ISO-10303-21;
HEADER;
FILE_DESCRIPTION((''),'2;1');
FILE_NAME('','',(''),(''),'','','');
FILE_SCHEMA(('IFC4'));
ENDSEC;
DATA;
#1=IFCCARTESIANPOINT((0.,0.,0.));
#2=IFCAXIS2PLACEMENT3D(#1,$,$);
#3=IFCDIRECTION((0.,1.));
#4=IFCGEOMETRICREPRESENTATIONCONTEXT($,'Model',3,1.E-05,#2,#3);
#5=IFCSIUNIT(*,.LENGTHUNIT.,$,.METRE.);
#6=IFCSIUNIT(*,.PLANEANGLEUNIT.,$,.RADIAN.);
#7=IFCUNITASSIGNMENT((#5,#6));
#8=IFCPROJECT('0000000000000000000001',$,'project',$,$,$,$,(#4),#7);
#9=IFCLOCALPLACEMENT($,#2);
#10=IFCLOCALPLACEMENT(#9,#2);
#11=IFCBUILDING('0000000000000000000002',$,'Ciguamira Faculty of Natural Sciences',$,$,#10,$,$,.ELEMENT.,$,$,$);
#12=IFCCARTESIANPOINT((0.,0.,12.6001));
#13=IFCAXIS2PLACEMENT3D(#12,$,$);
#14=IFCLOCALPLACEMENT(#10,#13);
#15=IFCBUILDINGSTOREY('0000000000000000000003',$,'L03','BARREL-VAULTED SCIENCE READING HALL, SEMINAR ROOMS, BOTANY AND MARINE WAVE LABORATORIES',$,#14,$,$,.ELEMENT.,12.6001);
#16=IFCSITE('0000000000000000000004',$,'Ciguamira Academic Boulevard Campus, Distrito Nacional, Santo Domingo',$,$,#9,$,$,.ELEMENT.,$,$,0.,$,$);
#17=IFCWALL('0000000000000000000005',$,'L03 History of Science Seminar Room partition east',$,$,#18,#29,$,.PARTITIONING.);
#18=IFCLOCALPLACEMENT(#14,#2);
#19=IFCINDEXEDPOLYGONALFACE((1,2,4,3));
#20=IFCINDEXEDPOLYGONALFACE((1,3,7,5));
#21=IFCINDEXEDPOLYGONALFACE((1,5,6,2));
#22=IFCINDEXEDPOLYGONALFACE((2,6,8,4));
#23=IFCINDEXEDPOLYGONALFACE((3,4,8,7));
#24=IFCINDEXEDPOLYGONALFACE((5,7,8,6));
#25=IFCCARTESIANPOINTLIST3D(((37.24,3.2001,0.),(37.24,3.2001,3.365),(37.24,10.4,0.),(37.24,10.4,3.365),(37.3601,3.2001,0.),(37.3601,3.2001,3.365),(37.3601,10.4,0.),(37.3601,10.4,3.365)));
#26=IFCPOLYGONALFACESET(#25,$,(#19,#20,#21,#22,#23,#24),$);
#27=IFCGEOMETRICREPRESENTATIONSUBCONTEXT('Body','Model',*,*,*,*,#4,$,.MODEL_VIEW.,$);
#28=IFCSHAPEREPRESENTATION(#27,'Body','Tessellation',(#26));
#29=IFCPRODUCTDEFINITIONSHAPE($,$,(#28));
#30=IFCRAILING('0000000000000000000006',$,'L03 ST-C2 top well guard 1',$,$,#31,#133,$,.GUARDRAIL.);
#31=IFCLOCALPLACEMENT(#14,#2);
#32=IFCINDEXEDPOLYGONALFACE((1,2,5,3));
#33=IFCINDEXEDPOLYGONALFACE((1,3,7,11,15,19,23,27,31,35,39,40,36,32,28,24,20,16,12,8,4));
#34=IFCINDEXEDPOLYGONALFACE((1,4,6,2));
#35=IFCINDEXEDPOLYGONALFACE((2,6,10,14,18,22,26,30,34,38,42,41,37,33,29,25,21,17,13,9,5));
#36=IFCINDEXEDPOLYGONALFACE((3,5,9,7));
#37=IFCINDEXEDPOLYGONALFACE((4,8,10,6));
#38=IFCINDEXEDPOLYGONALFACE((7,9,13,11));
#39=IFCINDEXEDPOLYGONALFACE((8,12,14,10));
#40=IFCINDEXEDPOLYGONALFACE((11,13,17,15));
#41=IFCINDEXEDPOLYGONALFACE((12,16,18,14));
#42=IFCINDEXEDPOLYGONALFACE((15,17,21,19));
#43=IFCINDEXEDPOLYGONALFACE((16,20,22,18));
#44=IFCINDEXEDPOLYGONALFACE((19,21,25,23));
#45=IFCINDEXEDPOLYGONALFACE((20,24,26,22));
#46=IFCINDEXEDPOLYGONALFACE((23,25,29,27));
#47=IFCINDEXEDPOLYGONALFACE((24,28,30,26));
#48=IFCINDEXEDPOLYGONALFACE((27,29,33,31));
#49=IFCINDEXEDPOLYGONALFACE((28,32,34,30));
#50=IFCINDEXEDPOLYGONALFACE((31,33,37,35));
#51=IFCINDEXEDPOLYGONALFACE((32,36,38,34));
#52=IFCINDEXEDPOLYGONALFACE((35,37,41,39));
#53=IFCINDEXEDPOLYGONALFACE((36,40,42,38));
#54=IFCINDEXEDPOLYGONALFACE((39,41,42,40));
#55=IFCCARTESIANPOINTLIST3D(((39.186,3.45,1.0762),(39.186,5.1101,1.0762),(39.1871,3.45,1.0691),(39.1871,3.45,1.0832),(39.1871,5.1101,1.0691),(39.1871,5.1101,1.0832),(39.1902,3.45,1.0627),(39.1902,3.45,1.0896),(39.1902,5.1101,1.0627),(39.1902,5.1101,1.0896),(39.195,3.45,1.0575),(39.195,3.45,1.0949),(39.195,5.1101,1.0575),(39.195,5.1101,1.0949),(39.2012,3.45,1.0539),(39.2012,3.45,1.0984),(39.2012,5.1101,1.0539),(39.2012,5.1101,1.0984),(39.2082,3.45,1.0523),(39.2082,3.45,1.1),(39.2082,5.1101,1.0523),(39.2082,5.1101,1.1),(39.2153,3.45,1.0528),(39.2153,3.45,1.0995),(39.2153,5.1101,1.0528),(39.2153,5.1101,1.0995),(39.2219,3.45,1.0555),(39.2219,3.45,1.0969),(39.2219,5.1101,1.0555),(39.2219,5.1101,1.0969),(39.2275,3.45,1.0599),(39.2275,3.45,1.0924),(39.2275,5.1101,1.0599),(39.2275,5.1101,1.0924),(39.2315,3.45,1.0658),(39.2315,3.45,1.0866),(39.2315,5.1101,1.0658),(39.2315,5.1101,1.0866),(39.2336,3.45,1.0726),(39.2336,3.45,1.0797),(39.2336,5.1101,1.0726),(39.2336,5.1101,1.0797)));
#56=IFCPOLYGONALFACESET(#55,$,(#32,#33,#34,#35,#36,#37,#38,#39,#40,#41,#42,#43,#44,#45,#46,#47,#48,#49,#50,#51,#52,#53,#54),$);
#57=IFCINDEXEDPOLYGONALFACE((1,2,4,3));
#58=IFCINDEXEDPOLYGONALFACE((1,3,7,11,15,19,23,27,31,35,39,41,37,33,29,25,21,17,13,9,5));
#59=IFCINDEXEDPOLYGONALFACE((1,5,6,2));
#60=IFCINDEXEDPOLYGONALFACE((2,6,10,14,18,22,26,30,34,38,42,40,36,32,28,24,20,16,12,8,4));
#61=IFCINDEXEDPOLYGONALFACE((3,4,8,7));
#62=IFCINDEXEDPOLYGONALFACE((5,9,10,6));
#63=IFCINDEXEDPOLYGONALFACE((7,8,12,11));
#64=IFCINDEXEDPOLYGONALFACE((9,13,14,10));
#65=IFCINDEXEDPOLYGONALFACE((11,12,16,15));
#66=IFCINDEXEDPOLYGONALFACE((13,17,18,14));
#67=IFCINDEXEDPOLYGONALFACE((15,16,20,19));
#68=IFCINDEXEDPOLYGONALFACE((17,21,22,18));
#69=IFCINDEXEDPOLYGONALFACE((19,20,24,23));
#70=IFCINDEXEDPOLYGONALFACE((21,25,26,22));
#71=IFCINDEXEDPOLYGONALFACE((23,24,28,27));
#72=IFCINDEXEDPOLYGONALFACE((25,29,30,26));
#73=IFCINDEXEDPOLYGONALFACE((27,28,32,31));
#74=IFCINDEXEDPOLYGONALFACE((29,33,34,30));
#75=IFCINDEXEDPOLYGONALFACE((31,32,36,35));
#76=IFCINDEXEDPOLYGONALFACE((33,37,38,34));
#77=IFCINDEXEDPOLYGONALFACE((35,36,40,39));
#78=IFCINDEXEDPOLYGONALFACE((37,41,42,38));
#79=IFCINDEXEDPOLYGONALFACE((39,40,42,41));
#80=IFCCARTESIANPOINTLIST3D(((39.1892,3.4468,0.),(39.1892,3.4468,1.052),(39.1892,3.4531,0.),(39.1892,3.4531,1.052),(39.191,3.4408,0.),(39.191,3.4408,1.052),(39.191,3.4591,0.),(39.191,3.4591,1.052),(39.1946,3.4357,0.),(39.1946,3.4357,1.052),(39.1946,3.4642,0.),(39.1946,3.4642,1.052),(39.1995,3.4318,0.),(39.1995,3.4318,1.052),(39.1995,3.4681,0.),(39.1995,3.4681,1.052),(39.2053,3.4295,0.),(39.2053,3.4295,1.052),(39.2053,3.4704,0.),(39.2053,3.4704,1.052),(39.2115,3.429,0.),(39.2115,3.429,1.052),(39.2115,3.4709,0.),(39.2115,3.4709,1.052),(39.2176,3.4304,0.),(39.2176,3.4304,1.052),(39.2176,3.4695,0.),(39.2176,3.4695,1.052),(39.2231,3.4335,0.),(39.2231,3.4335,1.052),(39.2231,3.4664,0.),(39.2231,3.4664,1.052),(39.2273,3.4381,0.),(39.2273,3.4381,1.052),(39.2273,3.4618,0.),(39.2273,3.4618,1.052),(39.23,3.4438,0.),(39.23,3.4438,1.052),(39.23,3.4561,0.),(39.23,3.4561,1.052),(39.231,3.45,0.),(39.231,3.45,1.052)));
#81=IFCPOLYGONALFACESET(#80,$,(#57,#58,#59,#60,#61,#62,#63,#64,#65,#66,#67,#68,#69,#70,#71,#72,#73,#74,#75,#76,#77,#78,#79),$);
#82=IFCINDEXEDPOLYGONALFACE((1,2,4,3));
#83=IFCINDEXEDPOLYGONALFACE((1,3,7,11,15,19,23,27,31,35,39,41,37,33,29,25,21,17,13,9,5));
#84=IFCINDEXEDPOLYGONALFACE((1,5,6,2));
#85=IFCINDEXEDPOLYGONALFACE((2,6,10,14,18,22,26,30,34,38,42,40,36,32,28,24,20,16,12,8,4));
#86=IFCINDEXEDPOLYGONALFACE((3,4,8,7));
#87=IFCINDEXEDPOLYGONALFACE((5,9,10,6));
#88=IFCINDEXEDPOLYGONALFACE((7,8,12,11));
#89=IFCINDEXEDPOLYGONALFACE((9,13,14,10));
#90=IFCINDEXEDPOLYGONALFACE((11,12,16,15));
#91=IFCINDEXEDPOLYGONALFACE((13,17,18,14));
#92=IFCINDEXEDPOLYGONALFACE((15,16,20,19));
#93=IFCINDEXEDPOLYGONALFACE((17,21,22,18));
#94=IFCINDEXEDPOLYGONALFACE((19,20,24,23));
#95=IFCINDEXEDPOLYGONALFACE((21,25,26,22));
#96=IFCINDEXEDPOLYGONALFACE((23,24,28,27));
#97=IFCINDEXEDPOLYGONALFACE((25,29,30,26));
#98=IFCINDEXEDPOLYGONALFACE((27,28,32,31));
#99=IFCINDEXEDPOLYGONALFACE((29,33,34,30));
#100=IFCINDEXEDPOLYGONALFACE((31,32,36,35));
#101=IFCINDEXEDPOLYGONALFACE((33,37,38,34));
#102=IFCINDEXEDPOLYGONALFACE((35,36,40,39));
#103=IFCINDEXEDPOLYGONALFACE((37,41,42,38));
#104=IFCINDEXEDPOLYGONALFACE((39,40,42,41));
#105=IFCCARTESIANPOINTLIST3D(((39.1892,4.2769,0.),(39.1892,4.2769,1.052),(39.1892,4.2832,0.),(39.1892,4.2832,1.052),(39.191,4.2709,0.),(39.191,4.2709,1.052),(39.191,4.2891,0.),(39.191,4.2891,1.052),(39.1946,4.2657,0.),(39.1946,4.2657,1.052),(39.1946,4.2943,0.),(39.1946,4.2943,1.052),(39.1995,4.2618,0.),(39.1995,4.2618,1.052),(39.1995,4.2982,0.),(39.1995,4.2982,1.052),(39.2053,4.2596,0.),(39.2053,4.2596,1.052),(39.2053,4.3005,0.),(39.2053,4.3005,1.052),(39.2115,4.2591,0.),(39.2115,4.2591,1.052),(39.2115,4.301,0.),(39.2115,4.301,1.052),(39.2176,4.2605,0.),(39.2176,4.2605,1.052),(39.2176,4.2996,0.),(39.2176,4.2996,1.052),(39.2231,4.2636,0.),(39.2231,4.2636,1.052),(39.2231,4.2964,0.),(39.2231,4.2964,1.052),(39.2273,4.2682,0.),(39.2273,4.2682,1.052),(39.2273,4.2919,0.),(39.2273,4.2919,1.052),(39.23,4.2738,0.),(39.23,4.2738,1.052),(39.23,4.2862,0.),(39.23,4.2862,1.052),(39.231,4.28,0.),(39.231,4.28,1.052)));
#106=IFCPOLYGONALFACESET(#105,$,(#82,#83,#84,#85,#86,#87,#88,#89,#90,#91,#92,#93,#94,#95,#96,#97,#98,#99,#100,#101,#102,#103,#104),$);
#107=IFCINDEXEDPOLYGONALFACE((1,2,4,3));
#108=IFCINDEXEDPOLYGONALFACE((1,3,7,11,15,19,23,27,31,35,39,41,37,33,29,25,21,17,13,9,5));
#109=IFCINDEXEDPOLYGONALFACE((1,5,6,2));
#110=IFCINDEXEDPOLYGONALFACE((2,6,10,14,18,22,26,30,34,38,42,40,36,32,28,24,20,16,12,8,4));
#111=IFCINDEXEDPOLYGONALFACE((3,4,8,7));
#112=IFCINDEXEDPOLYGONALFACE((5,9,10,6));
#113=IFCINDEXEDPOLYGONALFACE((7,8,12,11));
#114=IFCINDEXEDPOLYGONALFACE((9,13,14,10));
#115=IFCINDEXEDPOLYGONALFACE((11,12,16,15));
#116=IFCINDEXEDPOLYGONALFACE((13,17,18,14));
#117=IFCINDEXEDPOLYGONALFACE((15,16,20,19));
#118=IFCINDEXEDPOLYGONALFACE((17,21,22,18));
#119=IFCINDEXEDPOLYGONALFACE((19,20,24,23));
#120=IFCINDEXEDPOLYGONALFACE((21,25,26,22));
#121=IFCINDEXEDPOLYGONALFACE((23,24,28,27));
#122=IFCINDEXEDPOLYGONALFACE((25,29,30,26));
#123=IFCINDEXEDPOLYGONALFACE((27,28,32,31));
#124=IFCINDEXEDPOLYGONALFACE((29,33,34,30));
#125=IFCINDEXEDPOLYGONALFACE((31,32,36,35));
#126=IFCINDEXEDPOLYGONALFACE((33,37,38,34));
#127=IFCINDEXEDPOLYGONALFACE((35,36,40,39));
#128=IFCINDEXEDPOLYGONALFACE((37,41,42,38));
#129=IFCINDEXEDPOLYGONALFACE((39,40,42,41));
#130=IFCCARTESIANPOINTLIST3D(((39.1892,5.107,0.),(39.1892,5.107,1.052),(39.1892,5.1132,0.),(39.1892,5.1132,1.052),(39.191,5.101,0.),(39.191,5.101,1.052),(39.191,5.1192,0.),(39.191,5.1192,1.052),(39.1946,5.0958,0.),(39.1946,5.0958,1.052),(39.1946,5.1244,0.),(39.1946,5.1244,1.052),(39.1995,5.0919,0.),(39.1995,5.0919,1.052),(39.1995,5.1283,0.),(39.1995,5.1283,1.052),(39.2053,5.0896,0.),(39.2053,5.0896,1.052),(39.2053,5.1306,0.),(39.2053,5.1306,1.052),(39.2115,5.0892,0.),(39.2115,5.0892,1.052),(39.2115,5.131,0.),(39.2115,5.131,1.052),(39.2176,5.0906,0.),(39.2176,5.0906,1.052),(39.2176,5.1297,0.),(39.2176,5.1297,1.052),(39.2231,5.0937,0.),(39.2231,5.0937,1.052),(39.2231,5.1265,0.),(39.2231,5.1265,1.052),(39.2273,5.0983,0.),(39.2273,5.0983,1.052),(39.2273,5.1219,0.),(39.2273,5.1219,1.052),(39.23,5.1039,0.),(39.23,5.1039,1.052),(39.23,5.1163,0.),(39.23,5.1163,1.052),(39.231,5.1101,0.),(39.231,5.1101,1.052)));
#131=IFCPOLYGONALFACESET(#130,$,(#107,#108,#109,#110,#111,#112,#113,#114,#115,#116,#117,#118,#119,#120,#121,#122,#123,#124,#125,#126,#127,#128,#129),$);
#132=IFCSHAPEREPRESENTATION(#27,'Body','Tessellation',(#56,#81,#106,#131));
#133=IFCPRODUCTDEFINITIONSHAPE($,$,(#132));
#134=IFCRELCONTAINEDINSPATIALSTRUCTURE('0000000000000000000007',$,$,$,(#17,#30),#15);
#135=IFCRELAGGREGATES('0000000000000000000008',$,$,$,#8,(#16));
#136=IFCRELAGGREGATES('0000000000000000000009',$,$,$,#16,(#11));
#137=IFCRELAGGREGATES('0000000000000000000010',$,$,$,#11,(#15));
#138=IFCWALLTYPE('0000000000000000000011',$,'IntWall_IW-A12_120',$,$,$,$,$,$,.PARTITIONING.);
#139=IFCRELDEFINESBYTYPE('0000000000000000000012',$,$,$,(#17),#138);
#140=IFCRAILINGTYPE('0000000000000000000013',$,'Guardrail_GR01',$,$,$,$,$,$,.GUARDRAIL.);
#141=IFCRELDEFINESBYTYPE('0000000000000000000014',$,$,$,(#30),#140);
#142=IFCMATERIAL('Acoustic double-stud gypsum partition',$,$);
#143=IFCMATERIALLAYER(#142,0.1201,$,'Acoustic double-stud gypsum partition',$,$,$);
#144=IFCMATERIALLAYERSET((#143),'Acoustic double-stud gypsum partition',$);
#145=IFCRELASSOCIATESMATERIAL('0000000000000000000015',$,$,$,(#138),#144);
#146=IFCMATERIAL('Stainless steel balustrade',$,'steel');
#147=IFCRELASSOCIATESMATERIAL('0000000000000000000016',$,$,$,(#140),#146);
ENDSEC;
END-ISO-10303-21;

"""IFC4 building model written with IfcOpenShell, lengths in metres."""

from ifc_helpers import new_model, si_unit, direction, frame, frame_2d, origin, origin_2d, place, context, subcontext, project, spatial, rectangle, circle, extrude, material, layer, layer_set, type_object, element, save


model = new_model("IFC4")

# Units and contexts
model_context = context("Model", 3, precision=1e-05, world=origin(), true_north=direction((0.0, 1.0)))
body_context = subcontext(model_context, "Body", "Model", "MODEL_VIEW")
ifc_project = project(units=[si_unit("LENGTHUNIT", "METRE"), si_unit("PLANEANGLEUNIT", "RADIAN")], contexts=[model_context])

# Site, building, storey
site_placement = place(None, origin())
site = spatial("IfcSite", under=ifc_project, at=site_placement, Name="Ciguamira Academic Boulevard Campus, Distrito Nacional, Santo Domingo", CompositionType="ELEMENT", RefElevation=0.0)
building_placement = place(site_placement, origin())
building = spatial("IfcBuilding", under=site, at=building_placement, Name="Ciguamira Faculty of Natural Sciences", CompositionType="ELEMENT")
storey_placement = place(building_placement, frame((0.0, 0.0, 12.6001)))
storey = spatial("IfcBuildingStorey", under=building, at=storey_placement, Name="L03", Description="BARREL-VAULTED SCIENCE READING HALL, SEMINAR ROOMS, BOTANY AND MARINE WAVE LABORATORIES", CompositionType="ELEMENT", Elevation=12.6001)

# Wall
ifc_material_1 = material(Name="Acoustic double-stud gypsum partition")
ifc_layer_1 = layer(ifc_material_1, 0.1201, Name="Acoustic double-stud gypsum partition")
ifc_layer_set_1 = layer_set([ifc_layer_1], Name="Acoustic double-stud gypsum partition")
wall_type_1 = type_object("IfcWallType", Name="IntWall_IW-A12_120", PredefinedType="PARTITIONING", material=ifc_layer_set_1)
wall_1_placement = place(storey_placement, frame((37.3, 3.2, 0.0), z_axis=(0.0, 0.0, 1.0), x_axis=(0.0, 1.0, 0.0)))
element("IfcWall", 1, at=wall_1_placement, inside=storey, type_object=wall_type_1, Name="L03 History of Science Seminar Room partition east", PredefinedType="PARTITIONING", context=body_context, shape_type="SweptSolid", body=[
    extrude(rectangle(XDim=7.2, YDim=0.1201, at=frame_2d((3.6001, 0.0))), origin(), (0.0, 0.0, 1.0), 3.365),
])

# Railing
ifc_material_2 = material(Name="Stainless steel balustrade", Category="steel")
railing_type = type_object("IfcRailingType", Name="Guardrail_GR01", PredefinedType="GUARDRAIL", material=ifc_material_2)
railing_placement = place(storey_placement, frame((39.21, 3.45, 0.0)))
element("IfcRailing", 2, at=railing_placement, inside=storey, type_object=railing_type, Name="L03 ST-C2 top well guard 1", PredefinedType="GUARDRAIL", context=body_context, shape_type="SweptSolid", body=[
    extrude(circle(Radius=0.0239, at=origin_2d()), frame((0.0, 0.0, 1.0762), z_axis=(0.0, 1.0, 0.0), x_axis=(-1.0, 0.0, 0.0)), (0.0, 0.0, 1.0), 1.6602),
    extrude(circle(Radius=0.021, at=origin_2d()), origin(), (0.0, 0.0, 1.0), 1.052),
    extrude(circle(Radius=0.021, at=origin_2d()), frame((0.0, 0.8301, 0.0)), (0.0, 0.0, 1.0), 1.052),
    extrude(circle(Radius=0.021, at=origin_2d()), frame((0.0, 1.6602, 0.0)), (0.0, 0.0, 1.0), 1.052),
])

save(model, "model.ifc")
